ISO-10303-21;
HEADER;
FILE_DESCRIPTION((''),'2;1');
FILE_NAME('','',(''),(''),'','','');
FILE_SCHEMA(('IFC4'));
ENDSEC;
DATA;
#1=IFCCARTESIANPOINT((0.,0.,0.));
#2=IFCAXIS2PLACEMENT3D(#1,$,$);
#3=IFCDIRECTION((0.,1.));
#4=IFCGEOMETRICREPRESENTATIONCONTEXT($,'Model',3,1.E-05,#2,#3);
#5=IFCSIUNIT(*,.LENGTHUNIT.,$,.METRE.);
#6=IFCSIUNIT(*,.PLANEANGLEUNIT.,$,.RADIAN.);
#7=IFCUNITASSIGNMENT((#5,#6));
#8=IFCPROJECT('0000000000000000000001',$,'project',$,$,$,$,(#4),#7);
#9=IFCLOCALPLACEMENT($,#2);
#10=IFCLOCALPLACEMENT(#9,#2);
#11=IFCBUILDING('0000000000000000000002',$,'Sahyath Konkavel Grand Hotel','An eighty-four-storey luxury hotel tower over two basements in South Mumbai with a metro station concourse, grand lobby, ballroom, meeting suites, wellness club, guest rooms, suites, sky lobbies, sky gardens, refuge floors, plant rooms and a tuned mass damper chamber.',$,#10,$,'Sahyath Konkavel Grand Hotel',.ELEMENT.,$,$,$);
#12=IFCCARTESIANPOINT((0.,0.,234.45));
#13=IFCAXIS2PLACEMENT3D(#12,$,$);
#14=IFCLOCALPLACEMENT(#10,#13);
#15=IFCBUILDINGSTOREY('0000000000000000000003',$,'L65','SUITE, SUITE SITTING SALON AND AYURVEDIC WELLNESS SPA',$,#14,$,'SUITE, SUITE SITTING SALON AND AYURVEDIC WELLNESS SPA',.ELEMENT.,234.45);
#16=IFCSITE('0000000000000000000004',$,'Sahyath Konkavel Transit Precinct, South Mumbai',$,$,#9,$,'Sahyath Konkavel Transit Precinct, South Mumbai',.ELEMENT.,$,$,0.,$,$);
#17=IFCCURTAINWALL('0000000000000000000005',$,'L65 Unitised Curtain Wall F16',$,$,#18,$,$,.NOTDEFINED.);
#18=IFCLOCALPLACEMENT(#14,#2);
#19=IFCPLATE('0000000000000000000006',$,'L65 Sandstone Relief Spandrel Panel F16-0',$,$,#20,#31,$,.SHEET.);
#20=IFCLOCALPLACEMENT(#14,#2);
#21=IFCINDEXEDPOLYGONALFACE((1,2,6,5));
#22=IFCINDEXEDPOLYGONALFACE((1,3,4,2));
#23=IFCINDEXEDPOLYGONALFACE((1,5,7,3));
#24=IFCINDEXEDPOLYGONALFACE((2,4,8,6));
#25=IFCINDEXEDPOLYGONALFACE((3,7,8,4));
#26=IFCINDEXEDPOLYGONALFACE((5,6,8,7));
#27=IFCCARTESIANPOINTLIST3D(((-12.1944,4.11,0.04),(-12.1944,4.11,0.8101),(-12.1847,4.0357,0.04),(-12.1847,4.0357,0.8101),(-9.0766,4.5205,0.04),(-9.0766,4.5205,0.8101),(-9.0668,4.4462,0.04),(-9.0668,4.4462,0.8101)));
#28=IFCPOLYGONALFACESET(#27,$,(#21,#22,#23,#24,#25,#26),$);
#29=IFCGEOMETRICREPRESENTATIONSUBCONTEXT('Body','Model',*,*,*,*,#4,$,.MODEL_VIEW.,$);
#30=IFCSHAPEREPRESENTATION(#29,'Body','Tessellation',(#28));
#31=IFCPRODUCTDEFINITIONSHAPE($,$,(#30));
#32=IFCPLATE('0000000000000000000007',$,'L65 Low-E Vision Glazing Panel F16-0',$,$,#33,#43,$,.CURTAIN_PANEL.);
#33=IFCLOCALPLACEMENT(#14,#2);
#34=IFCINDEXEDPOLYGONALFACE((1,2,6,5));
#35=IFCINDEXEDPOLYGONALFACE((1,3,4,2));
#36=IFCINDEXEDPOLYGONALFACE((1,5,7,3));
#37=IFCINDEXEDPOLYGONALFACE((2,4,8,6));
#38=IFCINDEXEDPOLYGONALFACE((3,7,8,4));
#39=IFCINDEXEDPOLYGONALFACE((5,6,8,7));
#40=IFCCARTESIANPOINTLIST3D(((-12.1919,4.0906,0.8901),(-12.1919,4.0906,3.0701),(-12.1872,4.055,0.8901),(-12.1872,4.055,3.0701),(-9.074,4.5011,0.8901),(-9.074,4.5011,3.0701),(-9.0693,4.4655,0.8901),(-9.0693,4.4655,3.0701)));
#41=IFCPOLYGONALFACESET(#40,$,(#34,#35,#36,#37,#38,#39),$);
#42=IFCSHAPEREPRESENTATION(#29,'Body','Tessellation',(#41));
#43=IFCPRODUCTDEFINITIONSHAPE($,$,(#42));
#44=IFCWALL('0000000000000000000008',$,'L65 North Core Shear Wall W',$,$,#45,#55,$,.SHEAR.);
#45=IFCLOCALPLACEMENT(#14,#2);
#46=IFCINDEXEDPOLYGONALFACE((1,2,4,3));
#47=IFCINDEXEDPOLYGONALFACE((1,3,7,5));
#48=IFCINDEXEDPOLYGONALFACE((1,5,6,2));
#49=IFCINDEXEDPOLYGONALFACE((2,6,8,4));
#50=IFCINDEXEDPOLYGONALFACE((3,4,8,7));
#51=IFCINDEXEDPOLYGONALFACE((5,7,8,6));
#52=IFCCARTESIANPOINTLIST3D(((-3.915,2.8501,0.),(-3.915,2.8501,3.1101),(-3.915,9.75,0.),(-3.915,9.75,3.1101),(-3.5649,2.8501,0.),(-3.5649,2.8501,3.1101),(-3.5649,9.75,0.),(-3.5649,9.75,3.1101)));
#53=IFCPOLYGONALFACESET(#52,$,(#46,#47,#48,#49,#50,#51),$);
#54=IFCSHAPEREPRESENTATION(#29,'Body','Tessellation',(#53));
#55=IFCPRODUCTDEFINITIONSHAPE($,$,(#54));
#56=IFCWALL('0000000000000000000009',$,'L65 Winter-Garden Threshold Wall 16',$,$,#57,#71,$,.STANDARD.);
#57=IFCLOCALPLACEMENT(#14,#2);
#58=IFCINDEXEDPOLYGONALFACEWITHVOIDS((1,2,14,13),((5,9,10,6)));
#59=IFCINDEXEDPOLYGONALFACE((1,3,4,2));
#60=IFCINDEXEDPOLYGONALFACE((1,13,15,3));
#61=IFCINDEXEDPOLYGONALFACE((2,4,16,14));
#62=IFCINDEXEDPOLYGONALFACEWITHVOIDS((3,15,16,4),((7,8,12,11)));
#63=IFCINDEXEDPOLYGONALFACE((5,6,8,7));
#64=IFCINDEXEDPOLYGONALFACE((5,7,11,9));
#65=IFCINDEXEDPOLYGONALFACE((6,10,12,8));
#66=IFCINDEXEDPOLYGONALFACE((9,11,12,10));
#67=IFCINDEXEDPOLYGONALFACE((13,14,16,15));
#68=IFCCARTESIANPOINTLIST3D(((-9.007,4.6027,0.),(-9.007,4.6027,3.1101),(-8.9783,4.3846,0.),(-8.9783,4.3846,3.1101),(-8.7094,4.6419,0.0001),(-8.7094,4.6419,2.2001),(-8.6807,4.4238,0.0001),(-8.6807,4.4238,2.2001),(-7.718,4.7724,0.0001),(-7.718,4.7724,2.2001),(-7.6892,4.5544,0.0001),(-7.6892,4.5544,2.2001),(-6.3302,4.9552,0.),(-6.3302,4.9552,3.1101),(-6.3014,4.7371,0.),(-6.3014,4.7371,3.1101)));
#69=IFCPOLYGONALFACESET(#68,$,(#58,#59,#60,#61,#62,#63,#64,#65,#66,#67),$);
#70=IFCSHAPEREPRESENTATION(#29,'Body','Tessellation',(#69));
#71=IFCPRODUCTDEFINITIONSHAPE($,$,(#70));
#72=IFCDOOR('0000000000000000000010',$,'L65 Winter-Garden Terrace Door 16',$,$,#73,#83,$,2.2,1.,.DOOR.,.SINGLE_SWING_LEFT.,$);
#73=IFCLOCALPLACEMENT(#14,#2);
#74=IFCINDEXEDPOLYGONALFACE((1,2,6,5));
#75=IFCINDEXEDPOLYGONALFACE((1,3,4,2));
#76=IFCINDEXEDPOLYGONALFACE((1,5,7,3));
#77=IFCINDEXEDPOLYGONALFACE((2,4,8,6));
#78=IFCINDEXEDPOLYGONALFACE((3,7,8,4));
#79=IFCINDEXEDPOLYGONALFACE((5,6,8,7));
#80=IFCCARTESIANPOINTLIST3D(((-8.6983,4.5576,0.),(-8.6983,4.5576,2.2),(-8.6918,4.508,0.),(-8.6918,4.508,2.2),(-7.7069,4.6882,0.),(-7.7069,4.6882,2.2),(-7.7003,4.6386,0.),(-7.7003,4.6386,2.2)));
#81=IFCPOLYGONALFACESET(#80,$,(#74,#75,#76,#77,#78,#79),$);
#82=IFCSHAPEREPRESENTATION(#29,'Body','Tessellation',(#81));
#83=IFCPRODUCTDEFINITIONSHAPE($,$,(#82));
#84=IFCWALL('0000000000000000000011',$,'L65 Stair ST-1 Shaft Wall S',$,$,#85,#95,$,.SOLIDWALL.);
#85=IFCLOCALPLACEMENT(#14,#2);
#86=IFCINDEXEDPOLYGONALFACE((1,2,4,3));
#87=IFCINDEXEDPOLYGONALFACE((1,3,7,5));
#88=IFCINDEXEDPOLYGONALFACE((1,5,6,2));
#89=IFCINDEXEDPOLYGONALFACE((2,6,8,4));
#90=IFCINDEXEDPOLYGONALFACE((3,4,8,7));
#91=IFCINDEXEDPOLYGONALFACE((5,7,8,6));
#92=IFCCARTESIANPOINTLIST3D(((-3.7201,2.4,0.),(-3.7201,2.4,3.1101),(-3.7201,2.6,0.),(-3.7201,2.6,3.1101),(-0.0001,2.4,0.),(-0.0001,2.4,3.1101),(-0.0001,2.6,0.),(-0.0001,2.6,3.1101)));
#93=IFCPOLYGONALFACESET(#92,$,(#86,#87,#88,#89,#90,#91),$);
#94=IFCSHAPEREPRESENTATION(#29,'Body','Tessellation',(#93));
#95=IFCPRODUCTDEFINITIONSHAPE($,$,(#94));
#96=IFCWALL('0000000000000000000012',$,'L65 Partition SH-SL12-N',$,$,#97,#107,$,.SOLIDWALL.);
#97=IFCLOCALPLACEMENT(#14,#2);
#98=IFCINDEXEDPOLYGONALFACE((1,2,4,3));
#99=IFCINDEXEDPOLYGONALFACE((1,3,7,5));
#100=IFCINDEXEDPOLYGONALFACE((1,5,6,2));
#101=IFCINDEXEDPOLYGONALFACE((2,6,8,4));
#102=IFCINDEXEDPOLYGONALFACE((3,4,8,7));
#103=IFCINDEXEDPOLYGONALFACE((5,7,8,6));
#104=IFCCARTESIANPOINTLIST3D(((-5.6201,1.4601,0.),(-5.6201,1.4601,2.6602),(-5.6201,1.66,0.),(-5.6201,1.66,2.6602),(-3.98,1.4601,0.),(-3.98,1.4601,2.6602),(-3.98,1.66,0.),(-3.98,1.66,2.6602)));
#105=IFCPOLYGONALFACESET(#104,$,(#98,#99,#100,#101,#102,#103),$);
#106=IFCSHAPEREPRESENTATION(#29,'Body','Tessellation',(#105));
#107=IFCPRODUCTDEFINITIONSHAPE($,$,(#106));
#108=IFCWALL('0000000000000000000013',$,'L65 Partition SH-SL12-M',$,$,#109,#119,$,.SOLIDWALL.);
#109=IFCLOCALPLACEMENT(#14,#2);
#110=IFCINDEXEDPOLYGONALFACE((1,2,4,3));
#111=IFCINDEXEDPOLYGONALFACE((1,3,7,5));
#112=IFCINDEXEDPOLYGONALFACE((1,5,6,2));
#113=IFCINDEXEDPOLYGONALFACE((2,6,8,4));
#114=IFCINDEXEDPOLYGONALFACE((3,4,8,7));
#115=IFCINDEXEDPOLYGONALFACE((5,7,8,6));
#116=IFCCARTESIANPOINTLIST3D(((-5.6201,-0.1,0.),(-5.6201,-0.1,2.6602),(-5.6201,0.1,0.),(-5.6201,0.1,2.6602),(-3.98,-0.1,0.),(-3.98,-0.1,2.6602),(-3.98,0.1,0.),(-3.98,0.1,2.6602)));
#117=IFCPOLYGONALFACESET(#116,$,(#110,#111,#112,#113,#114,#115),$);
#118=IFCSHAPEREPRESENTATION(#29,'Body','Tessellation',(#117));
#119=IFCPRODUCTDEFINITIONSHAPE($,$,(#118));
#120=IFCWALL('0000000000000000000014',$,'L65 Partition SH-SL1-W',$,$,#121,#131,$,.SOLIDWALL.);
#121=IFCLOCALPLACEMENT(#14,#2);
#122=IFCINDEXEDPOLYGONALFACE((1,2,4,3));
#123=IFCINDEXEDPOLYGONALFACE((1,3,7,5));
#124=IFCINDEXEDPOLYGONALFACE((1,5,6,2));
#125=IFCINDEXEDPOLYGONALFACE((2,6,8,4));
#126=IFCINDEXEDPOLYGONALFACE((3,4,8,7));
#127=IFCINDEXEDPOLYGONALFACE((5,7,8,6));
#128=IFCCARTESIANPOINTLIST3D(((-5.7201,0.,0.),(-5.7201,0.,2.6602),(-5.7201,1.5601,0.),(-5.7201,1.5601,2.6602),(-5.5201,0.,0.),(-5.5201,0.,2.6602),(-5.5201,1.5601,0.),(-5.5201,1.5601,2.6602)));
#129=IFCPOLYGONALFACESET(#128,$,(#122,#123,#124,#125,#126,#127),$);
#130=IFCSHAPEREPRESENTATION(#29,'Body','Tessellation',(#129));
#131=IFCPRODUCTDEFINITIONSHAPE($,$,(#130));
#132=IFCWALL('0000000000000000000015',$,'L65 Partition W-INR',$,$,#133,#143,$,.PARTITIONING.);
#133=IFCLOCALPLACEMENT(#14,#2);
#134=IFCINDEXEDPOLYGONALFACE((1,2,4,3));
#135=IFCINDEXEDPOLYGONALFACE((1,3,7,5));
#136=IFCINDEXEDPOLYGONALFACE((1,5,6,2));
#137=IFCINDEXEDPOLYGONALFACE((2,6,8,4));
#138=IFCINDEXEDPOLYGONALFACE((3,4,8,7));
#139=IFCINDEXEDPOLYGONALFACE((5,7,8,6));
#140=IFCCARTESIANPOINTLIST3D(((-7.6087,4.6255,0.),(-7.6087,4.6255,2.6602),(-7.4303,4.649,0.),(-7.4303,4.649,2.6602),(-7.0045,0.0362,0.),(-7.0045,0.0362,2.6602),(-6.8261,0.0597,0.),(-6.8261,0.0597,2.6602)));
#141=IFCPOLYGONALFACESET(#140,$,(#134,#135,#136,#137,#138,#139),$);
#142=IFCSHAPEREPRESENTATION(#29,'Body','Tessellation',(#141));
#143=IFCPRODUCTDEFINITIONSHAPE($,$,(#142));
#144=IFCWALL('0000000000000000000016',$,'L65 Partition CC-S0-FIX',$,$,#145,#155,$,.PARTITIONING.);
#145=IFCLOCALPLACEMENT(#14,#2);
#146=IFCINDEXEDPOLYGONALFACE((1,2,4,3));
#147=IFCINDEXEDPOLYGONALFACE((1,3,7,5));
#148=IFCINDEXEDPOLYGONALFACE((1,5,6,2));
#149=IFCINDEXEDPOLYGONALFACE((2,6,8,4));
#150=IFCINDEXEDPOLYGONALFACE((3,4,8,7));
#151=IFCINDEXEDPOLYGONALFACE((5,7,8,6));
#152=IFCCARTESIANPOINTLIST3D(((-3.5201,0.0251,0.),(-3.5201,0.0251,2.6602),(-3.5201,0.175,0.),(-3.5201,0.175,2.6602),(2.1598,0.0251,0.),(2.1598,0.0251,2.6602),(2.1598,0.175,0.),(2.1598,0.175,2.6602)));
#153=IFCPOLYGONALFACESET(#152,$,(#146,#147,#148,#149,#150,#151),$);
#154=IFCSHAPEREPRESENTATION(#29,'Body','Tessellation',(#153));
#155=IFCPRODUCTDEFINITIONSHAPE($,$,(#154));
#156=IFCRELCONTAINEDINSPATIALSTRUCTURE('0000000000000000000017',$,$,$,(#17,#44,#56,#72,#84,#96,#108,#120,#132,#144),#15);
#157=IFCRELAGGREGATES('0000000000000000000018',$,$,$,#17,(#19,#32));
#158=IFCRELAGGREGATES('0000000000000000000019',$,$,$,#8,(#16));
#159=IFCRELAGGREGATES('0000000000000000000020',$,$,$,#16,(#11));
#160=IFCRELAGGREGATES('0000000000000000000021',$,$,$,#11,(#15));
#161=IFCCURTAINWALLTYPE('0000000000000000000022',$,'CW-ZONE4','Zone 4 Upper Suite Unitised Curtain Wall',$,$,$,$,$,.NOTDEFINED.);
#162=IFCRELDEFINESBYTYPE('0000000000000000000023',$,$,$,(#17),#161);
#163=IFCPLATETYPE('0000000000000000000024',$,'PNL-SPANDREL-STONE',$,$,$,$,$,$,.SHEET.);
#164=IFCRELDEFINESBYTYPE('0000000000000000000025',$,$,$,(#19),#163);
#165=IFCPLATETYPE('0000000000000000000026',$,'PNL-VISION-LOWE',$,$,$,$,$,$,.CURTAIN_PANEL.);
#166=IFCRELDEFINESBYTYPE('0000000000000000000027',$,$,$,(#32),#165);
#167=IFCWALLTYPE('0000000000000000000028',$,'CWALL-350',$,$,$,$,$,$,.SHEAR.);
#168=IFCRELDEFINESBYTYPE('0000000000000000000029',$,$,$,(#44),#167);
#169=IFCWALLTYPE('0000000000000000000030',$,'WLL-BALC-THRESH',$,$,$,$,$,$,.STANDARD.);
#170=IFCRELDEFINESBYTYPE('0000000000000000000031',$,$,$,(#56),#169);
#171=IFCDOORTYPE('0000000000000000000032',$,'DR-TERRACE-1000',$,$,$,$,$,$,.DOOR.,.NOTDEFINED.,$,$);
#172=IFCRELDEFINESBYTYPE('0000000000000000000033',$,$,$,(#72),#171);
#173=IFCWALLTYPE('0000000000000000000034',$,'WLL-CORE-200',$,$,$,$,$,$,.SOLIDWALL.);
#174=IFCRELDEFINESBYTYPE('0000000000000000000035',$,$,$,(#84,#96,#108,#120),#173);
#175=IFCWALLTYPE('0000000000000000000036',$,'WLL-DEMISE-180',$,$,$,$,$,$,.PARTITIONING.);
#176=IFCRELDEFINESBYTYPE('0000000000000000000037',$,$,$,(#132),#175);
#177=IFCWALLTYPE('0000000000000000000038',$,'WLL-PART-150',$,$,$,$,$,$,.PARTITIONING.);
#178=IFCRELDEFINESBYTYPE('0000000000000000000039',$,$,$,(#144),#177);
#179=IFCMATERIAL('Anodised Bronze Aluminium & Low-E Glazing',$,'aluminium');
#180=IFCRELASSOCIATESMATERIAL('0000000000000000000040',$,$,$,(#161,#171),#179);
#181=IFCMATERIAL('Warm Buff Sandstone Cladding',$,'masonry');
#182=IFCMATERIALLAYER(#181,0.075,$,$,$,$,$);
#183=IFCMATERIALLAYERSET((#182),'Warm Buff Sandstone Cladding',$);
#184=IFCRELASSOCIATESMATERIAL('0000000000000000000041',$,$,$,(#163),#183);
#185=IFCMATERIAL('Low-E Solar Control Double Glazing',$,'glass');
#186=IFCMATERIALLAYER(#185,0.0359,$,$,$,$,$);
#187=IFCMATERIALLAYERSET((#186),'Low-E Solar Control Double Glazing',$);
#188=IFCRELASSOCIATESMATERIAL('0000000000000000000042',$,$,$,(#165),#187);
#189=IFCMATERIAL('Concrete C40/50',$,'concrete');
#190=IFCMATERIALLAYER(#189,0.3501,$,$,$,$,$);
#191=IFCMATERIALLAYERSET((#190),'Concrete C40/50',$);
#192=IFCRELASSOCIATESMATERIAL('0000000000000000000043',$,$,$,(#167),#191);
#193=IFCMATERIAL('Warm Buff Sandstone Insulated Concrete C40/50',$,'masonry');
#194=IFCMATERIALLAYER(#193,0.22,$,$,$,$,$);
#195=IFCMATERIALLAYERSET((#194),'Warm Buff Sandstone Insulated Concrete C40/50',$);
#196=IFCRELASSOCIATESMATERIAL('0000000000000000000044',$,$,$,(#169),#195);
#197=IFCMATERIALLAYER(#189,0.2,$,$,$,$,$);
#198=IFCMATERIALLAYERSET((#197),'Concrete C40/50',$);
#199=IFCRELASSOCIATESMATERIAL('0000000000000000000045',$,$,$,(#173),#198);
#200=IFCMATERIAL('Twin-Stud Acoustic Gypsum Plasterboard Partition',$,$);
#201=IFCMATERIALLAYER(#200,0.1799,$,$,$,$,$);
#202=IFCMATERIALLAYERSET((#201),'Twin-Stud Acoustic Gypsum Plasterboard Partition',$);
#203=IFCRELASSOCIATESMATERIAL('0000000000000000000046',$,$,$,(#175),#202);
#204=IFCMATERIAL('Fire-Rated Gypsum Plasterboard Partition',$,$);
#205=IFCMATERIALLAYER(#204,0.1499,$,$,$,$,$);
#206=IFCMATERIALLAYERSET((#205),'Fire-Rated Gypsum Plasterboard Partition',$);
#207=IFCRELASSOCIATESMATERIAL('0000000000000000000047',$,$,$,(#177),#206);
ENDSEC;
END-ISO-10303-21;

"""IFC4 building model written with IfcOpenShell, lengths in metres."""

from ifc_helpers import new_model, si_unit, direction, frame, frame_2d, origin, origin_2d, place, context, subcontext, project, spatial, rectangle, extrude, source, transform, mapped, material, layer, layer_set, type_object, element, fill, aggregate, save


model = new_model("IFC4")

# Units and contexts
model_context = context("Model", 3, precision=1e-05, world=origin(), true_north=direction((0.0, 1.0)))
body_context = subcontext(model_context, "Body", "Model", "MODEL_VIEW")
ifc_project = project(units=[si_unit("LENGTHUNIT", "METRE"), si_unit("PLANEANGLEUNIT", "RADIAN")], contexts=[model_context])

# Site, building, storey
site_placement = place(None, origin())
site = spatial("IfcSite", under=ifc_project, at=site_placement, Name="Sahyath Konkavel Transit Precinct, South Mumbai", LongName="Sahyath Konkavel Transit Precinct, South Mumbai", CompositionType="ELEMENT", RefElevation=0.0)
building_placement = place(site_placement, origin())
building = spatial("IfcBuilding", under=site, at=building_placement, Name="Sahyath Konkavel Grand Hotel", Description="An eighty-four-storey luxury hotel tower over two basements in South Mumbai with a metro station concourse, grand lobby, ballroom, meeting suites, wellness club, guest rooms, suites, sky lobbies, sky gardens, refuge floors, plant rooms and a tuned mass damper chamber.", LongName="Sahyath Konkavel Grand Hotel", CompositionType="ELEMENT")
storey_placement = place(building_placement, frame((0.0, 0.0, 234.45)))
storey = spatial("IfcBuildingStorey", under=building, at=storey_placement, Name="L65", Description="SUITE, SUITE SITTING SALON AND AYURVEDIC WELLNESS SPA", LongName="SUITE, SUITE SITTING SALON AND AYURVEDIC WELLNESS SPA", CompositionType="ELEMENT", Elevation=234.45)

# Shared definitions
ifc_material_1 = material(Name="Concrete C40/50", Category="concrete")

# Shared definitions
ifc_material_2 = material(Name="Anodised Bronze Aluminium & Low-E Glazing", Category="aluminium")
curtain_wall_type = type_object("IfcCurtainWallType", Name="CW-ZONE4", Description="Zone 4 Upper Suite Unitised Curtain Wall", PredefinedType="NOTDEFINED", material=ifc_material_2)

# Curtain wall, plates
curtain_wall_1_placement = place(storey_placement, origin())
curtain_wall_1 = element("IfcCurtainWall", 1, at=curtain_wall_1_placement, inside=storey, type_object=curtain_wall_type, Name="L65 Unitised Curtain Wall F16", PredefinedType="NOTDEFINED")
ifc_material_3 = material(Name="Warm Buff Sandstone Cladding", Category="masonry")
ifc_layer_1 = layer(ifc_material_3, 0.075)
ifc_layer_set_1 = layer_set([ifc_layer_1], Name="Warm Buff Sandstone Cladding")
plate_type_1 = type_object("IfcPlateType", Name="PNL-SPANDREL-STONE", PredefinedType="SHEET", material=ifc_layer_set_1)
shared_shape_1 = source(origin(), body_context, "Body", "SweptSolid", [
    extrude(rectangle(XDim=3.1448, YDim=0.075, at=origin_2d()), origin(), (0.0, 0.0, 1.0), 0.77),
])
plate_1_placement = place(storey_placement, frame((-10.6306, 4.2781, 0.04), z_axis=(0.0, 0.0, 1.0), x_axis=(-0.991445, -0.130526, 0.0)))
plate_1 = element("IfcPlate", 2, at=plate_1_placement, type_object=plate_type_1, Name="L65 Sandstone Relief Spandrel Panel F16-0", PredefinedType="SHEET", context=body_context, shape_type="MappedRepresentation", body=[
    mapped(shared_shape_1, transform((0.0, 0.0, 0.0), scale=1.0)),
])
ifc_material_4 = material(Name="Low-E Solar Control Double Glazing", Category="glass")
ifc_layer_2 = layer(ifc_material_4, 0.0359)
ifc_layer_set_2 = layer_set([ifc_layer_2], Name="Low-E Solar Control Double Glazing")
plate_type_2 = type_object("IfcPlateType", Name="PNL-VISION-LOWE", PredefinedType="CURTAIN_PANEL", material=ifc_layer_set_2)
shared_shape_2 = source(origin(), body_context, "Body", "SweptSolid", [
    extrude(rectangle(XDim=3.1448, YDim=0.0359, at=origin_2d()), origin(), (0.0, 0.0, 1.0), 2.1799),
])
plate_2_placement = place(storey_placement, frame((-10.6306, 4.2781, 0.8901), z_axis=(0.0, 0.0, 1.0), x_axis=(-0.991445, -0.130526, 0.0)))
plate_2 = element("IfcPlate", 3, at=plate_2_placement, type_object=plate_type_2, Name="L65 Low-E Vision Glazing Panel F16-0", PredefinedType="CURTAIN_PANEL", context=body_context, shape_type="MappedRepresentation", body=[
    mapped(shared_shape_2, transform((0.0, 0.0, 0.0), scale=1.0)),
])
aggregate(curtain_wall_1, [plate_1, plate_2])

# Wall
ifc_layer_3 = layer(ifc_material_1, 0.3501)
ifc_layer_set_3 = layer_set([ifc_layer_3], Name="Concrete C40/50")
wall_type_1 = type_object("IfcWallType", Name="CWALL-350", PredefinedType="SHEAR", material=ifc_layer_set_3)
wall_1_placement = place(storey_placement, frame((-3.74, 2.8501, 0.0), z_axis=(0.0, 0.0, 1.0), x_axis=(0.0, 1.0, 0.0)))
element("IfcWall", 4, at=wall_1_placement, inside=storey, type_object=wall_type_1, Name="L65 North Core Shear Wall W", PredefinedType="SHEAR", context=body_context, shape_type="SweptSolid", body=[
    extrude(rectangle(XDim=6.8999, YDim=0.3501, at=frame_2d((3.45, 0.0))), origin(), (0.0, 0.0, 1.0), 3.1101),
])

# Wall, opening, door
ifc_material_5 = material(Name="Warm Buff Sandstone Insulated Concrete C40/50", Category="masonry")
ifc_layer_4 = layer(ifc_material_5, 0.22)
ifc_layer_set_4 = layer_set([ifc_layer_4], Name="Warm Buff Sandstone Insulated Concrete C40/50")
wall_type_2 = type_object("IfcWallType", Name="WLL-BALC-THRESH", PredefinedType="STANDARD", material=ifc_layer_set_4)
wall_2_placement = place(storey_placement, frame((-6.3157, 4.8462, 0.0), z_axis=(0.0, 0.0, 1.0), x_axis=(-0.991438, -0.130576, 0.0)))
wall_2 = element("IfcWall", 5, at=wall_2_placement, inside=storey, type_object=wall_type_2, Name="L65 Winter-Garden Threshold Wall 16", PredefinedType="STANDARD", context=body_context, shape_type="SweptSolid", body=[
    extrude(rectangle(XDim=2.7, YDim=0.22, at=frame_2d((1.3501, 0.0))), origin(), (0.0, 0.0, 1.0), 3.1101),
])
opening_1_placement = place(wall_2_placement, frame((1.3999, 0.0, 0.0)))
opening_1 = element("IfcOpeningElement", 6, at=opening_1_placement, cuts=wall_2, PredefinedType="OPENING", context=body_context, shape_type="SweptSolid", body=[
    extrude(rectangle(XDim=1.0, YDim=2.2, at=frame_2d((0.5, 1.1001))), frame((0.0, 0.1201, 0.0), z_axis=(0.0, -1.0, 0.0), x_axis=(1.0, 0.0, 0.0)), (0.0, 0.0, 1.0), 0.24),
])
door_type_1 = type_object("IfcDoorType", Name="DR-TERRACE-1000", OperationType="NOTDEFINED", PredefinedType="DOOR", material=ifc_material_2)
shared_shape_3 = source(origin(), body_context, "Body", "SweptSolid", [
    extrude(rectangle(XDim=1.0, YDim=0.05, at=origin_2d()), origin(), (0.0, 0.0, 1.0), 2.2),
])
door_1_placement = place(opening_1_placement, frame((0.5, 0.0, 0.0)))
door_1 = element("IfcDoor", 7, at=door_1_placement, inside=storey, type_object=door_type_1, Name="L65 Winter-Garden Terrace Door 16", OperationType="SINGLE_SWING_LEFT", OverallHeight=2.2, OverallWidth=1.0, PredefinedType="DOOR", context=body_context, shape_type="MappedRepresentation", body=[
    mapped(shared_shape_3, transform((0.0, 0.0, 0.0), scale=1.0)),
])
fill(opening_1, door_1)

# Walls
ifc_layer_5 = layer(ifc_material_1, 0.2)
ifc_layer_set_5 = layer_set([ifc_layer_5], Name="Concrete C40/50")
wall_type_3 = type_object("IfcWallType", Name="WLL-CORE-200", PredefinedType="SOLIDWALL", material=ifc_layer_set_5)
wall_3_placement = place(storey_placement, frame((-3.72, 2.5, 0.0), z_axis=(0.0, 0.0, 1.0), x_axis=(1.0, 0.0, 0.0)))
element("IfcWall", 8, at=wall_3_placement, inside=storey, type_object=wall_type_3, Name="L65 Stair ST-1 Shaft Wall S", PredefinedType="SOLIDWALL", context=body_context, shape_type="SweptSolid", body=[
    extrude(rectangle(XDim=3.72, YDim=0.2, at=frame_2d((1.8599, 0.0))), origin(), (0.0, 0.0, 1.0), 3.1101),
])
for number, where, z_axis, x_axis, name in (
    (9, (-5.6201, 1.5601, 0.0), (0.0, 0.0, 1.0), (1.0, 0.0, 0.0), "L65 Partition SH-SL12-N"),
    (10, (-5.6201, 0.0, 0.0), (0.0, 0.0, 1.0), (1.0, 0.0, 0.0), "L65 Partition SH-SL12-M"),
):
    element("IfcWall", number, at=place(storey_placement, frame(where, z_axis=z_axis, x_axis=x_axis)), inside=storey, type_object=wall_type_3, Name=name, PredefinedType="SOLIDWALL", context=body_context, shape_type="SweptSolid", body=[
        extrude(rectangle(XDim=1.6401, YDim=0.2, at=frame_2d((0.8201, 0.0))), origin(), (0.0, 0.0, 1.0), 2.6602),
    ])
wall_4_placement = place(storey_placement, frame((-5.6201, 0.0, 0.0), z_axis=(0.0, 0.0, 1.0), x_axis=(0.0, 1.0, 0.0)))
element("IfcWall", 11, at=wall_4_placement, inside=storey, type_object=wall_type_3, Name="L65 Partition SH-SL1-W", PredefinedType="SOLIDWALL", context=body_context, shape_type="SweptSolid", body=[
    extrude(rectangle(XDim=1.5601, YDim=0.2, at=frame_2d((0.78, 0.0))), origin(), (0.0, 0.0, 1.0), 2.6602),
])
ifc_material_6 = material(Name="Twin-Stud Acoustic Gypsum Plasterboard Partition")
ifc_layer_6 = layer(ifc_material_6, 0.1799)
ifc_layer_set_6 = layer_set([ifc_layer_6], Name="Twin-Stud Acoustic Gypsum Plasterboard Partition")
wall_type_4 = type_object("IfcWallType", Name="WLL-DEMISE-180", PredefinedType="PARTITIONING", material=ifc_layer_set_6)
wall_5_placement = place(storey_placement, frame((-7.5195, 4.6372, 0.0), z_axis=(0.0, 0.0, 1.0), x_axis=(0.130536, -0.991444, 0.0)))
element("IfcWall", 12, at=wall_5_placement, inside=storey, type_object=wall_type_4, Name="L65 Partition W-INR", PredefinedType="PARTITIONING", context=body_context, shape_type="SweptSolid", body=[
    extrude(rectangle(XDim=4.6289, YDim=0.1799, at=frame_2d((2.3145, 0.0))), origin(), (0.0, 0.0, 1.0), 2.6602),
])
ifc_material_7 = material(Name="Fire-Rated Gypsum Plasterboard Partition")
ifc_layer_7 = layer(ifc_material_7, 0.1499)
ifc_layer_set_7 = layer_set([ifc_layer_7], Name="Fire-Rated Gypsum Plasterboard Partition")
wall_type_5 = type_object("IfcWallType", Name="WLL-PART-150", PredefinedType="PARTITIONING", material=ifc_layer_set_7)
wall_6_placement = place(storey_placement, frame((-3.52, 0.1001, 0.0), z_axis=(0.0, 0.0, 1.0), x_axis=(1.0, 0.0, 0.0)))
element("IfcWall", 13, at=wall_6_placement, inside=storey, type_object=wall_type_5, Name="L65 Partition CC-S0-FIX", PredefinedType="PARTITIONING", context=body_context, shape_type="SweptSolid", body=[
    extrude(rectangle(XDim=5.6799, YDim=0.1499, at=frame_2d((2.8398, 0.0))), origin(), (0.0, 0.0, 1.0), 2.6602),
])

save(model, "model.ifc")
